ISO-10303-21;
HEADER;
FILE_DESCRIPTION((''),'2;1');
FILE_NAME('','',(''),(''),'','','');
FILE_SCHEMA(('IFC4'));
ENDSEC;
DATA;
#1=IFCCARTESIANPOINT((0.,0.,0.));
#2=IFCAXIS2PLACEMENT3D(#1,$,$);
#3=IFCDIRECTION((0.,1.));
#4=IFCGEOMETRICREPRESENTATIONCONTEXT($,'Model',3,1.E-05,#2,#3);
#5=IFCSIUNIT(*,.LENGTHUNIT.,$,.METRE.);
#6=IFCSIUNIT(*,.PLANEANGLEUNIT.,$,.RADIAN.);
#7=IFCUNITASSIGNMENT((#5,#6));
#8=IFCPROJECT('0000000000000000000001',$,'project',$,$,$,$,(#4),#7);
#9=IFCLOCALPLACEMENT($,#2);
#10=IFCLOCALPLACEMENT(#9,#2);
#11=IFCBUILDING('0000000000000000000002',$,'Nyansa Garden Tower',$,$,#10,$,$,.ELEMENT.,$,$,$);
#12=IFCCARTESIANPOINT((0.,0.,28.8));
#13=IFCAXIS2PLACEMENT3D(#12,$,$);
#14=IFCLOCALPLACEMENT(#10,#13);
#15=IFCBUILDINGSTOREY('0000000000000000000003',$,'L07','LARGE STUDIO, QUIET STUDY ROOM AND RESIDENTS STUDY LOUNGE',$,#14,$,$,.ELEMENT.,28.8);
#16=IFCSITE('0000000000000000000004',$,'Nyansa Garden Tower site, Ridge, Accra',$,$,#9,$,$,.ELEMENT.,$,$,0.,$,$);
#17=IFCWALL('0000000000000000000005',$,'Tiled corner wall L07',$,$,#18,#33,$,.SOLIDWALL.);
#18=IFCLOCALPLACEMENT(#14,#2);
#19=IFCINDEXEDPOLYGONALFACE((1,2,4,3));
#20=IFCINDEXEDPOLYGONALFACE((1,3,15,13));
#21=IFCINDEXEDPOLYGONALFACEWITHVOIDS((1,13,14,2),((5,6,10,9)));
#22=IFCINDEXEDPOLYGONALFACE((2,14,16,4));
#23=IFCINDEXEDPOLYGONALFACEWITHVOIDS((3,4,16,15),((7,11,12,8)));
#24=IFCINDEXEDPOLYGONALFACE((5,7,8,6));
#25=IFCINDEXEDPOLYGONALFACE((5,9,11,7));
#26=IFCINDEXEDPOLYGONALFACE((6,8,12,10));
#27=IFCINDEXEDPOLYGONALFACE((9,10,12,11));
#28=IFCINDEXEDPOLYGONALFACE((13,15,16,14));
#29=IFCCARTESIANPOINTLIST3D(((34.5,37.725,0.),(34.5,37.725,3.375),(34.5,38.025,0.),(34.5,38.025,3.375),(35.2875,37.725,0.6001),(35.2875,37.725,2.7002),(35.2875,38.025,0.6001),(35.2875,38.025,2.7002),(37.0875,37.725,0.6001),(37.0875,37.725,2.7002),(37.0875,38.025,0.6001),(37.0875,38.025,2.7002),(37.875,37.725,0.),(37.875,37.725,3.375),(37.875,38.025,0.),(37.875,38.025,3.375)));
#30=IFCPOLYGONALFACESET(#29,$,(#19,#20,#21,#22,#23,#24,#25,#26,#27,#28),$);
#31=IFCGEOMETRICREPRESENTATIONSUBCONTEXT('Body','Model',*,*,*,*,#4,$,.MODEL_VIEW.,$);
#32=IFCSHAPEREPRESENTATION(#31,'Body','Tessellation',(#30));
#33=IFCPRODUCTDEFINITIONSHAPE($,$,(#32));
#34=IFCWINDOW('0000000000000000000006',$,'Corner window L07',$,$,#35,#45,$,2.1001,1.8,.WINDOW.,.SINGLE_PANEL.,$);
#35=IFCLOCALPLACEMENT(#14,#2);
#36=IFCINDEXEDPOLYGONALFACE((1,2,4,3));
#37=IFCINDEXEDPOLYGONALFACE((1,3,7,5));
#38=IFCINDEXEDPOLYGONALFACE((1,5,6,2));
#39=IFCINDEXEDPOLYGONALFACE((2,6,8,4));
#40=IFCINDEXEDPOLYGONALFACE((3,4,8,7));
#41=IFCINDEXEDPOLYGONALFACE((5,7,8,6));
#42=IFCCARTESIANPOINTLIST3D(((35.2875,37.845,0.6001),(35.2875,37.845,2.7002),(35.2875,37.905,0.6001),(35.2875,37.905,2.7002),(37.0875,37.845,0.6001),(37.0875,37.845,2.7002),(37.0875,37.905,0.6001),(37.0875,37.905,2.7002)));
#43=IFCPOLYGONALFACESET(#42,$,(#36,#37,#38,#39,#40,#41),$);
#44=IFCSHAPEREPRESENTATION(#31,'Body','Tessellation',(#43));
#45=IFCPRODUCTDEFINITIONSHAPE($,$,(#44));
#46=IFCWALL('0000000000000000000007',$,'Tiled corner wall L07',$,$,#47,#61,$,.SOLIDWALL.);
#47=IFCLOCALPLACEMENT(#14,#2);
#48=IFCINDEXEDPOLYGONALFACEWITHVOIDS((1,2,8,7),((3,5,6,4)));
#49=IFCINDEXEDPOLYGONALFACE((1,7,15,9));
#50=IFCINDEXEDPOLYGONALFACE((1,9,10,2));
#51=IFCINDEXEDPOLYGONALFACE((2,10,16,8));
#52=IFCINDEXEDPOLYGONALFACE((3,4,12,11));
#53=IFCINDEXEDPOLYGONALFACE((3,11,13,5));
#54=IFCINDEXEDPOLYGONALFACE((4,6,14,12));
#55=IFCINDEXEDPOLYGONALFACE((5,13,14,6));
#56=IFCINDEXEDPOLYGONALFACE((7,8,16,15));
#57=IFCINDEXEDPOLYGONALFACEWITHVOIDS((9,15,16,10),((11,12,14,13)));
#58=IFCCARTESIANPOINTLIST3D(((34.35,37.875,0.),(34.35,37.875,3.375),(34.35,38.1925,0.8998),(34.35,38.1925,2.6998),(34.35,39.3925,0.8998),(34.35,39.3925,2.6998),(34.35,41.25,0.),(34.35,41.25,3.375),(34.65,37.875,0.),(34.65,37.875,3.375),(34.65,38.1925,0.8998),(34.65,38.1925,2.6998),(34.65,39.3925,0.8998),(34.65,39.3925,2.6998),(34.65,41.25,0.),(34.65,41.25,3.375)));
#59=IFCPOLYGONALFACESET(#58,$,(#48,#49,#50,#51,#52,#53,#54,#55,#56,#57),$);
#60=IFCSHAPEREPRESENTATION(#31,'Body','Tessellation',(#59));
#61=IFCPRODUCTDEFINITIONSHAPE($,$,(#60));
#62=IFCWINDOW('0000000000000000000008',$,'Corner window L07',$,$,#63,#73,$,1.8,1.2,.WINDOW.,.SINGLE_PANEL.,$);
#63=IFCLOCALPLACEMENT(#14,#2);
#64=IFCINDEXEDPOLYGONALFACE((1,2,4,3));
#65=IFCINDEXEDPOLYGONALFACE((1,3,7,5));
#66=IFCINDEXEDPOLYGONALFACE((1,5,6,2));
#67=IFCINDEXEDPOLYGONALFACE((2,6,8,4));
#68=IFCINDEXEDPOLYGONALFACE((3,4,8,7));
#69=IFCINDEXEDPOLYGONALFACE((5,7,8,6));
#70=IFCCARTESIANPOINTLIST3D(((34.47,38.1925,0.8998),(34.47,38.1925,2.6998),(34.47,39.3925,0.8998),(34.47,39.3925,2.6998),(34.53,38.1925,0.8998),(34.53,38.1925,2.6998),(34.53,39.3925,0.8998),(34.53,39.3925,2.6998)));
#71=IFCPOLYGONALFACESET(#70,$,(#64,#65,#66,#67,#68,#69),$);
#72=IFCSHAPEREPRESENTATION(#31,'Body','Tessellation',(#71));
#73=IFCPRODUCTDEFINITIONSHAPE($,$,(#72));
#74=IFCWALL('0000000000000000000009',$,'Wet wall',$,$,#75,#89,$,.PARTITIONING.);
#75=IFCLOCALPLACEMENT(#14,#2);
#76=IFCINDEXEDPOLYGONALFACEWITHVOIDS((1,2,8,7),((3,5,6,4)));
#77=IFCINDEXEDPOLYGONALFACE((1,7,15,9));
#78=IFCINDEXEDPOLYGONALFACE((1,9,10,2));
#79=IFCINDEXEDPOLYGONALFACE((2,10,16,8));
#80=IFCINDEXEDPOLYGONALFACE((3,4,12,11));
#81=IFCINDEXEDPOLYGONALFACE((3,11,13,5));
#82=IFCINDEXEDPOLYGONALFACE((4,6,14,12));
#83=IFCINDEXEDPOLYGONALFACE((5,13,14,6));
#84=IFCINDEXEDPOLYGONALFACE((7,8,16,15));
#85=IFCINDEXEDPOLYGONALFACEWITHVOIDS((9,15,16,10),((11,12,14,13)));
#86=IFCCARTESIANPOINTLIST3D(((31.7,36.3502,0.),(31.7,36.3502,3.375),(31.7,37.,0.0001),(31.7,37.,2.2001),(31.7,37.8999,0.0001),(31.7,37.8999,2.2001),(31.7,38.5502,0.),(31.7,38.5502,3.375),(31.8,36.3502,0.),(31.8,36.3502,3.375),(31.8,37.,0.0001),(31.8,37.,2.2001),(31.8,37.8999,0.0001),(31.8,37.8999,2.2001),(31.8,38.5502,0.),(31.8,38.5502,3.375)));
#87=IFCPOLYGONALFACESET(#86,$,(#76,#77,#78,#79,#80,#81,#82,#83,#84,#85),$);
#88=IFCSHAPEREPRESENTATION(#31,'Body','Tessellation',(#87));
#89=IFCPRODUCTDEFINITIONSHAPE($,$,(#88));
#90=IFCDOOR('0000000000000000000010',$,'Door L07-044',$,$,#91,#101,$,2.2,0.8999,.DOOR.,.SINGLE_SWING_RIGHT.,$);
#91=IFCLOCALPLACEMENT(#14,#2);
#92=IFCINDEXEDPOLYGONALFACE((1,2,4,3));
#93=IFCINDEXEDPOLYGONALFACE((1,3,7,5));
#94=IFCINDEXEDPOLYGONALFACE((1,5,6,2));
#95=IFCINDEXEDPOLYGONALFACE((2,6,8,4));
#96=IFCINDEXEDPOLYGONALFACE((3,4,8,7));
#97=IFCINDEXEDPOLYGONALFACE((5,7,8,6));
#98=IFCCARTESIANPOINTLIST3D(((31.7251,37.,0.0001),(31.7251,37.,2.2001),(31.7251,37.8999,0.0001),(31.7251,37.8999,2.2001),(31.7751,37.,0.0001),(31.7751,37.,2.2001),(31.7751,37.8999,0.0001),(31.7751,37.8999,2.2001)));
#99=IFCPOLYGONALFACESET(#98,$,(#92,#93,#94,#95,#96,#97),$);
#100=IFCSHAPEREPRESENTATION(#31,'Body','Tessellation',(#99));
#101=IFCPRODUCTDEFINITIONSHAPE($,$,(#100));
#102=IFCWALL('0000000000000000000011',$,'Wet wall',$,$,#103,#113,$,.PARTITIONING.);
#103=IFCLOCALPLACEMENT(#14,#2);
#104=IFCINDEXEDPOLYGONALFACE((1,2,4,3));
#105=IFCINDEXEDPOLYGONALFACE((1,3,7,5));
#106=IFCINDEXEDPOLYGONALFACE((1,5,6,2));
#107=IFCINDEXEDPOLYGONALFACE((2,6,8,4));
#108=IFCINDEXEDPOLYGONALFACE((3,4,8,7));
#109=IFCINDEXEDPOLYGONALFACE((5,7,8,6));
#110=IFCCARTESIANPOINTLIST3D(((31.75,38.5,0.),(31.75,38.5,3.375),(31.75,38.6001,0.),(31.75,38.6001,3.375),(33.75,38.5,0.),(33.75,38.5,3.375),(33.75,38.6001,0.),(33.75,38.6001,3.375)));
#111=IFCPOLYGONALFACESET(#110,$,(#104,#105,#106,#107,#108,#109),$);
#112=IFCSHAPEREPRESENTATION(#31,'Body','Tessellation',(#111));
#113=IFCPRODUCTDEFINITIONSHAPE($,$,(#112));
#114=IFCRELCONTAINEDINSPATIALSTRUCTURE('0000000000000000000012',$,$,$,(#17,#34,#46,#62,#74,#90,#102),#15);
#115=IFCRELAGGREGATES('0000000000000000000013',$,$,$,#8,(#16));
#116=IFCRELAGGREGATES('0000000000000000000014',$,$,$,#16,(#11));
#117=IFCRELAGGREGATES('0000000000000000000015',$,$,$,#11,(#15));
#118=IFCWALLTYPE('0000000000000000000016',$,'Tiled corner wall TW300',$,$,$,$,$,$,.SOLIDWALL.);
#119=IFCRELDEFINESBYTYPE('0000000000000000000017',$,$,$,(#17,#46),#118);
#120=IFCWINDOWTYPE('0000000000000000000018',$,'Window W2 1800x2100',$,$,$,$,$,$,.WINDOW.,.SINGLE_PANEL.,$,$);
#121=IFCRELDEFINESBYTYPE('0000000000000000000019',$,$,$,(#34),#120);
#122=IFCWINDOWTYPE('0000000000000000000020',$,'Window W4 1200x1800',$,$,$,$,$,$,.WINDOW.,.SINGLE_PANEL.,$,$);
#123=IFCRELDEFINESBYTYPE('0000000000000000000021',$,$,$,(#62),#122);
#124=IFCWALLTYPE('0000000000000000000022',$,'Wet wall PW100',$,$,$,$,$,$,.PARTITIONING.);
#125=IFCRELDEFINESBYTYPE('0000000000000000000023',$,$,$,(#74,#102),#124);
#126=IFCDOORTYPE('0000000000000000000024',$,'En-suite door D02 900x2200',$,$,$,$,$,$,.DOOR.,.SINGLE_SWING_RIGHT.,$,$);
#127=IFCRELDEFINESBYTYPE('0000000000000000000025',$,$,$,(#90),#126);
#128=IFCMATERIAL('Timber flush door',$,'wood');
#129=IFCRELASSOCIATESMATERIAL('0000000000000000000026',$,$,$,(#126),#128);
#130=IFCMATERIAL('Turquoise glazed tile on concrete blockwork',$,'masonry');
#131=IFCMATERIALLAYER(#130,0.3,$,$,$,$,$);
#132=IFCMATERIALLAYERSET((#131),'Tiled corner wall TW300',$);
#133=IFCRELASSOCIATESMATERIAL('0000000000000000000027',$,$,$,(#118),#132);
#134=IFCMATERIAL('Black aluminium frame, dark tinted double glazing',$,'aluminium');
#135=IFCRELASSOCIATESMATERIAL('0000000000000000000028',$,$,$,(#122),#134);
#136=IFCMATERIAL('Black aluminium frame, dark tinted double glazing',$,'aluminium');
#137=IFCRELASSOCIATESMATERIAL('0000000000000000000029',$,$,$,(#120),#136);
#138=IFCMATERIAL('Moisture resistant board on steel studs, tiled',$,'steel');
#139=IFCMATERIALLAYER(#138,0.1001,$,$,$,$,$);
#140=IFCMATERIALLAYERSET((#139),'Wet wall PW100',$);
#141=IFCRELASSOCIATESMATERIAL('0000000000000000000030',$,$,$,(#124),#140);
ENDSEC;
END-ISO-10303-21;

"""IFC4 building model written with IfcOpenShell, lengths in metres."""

from ifc_helpers import new_model, si_unit, direction, frame, frame_2d, origin, place, context, subcontext, project, spatial, rectangle, extrude, material, layer, layer_set, type_object, element, fill, save


model = new_model("IFC4")

# Units and contexts
model_context = context("Model", 3, precision=1e-05, world=origin(), true_north=direction((0.0, 1.0)))
body_context = subcontext(model_context, "Body", "Model", "MODEL_VIEW")
ifc_project = project(units=[si_unit("LENGTHUNIT", "METRE"), si_unit("PLANEANGLEUNIT", "RADIAN")], contexts=[model_context])

# Site, building, storey
site_placement = place(None, origin())
site = spatial("IfcSite", under=ifc_project, at=site_placement, Name="Nyansa Garden Tower site, Ridge, Accra", CompositionType="ELEMENT", RefElevation=0.0)
building_placement = place(site_placement, origin())
building = spatial("IfcBuilding", under=site, at=building_placement, Name="Nyansa Garden Tower", CompositionType="ELEMENT")
storey_placement = place(building_placement, frame((0.0, 0.0, 28.8)))
storey = spatial("IfcBuildingStorey", under=building, at=storey_placement, Name="L07", Description="LARGE STUDIO, QUIET STUDY ROOM AND RESIDENTS STUDY LOUNGE", CompositionType="ELEMENT", Elevation=28.8)

# Shared definitions
ifc_material_1 = material(Name="Timber flush door", Category="wood")
door_type_1 = type_object("IfcDoorType", Name="En-suite door D02 900x2200", OperationType="SINGLE_SWING_RIGHT", PredefinedType="DOOR", material=ifc_material_1)

# Walls, openings, windows
ifc_material_2 = material(Name="Turquoise glazed tile on concrete blockwork", Category="masonry")
ifc_layer_1 = layer(ifc_material_2, 0.3)
ifc_layer_set_1 = layer_set([ifc_layer_1], Name="Tiled corner wall TW300")
wall_type_1 = type_object("IfcWallType", Name="Tiled corner wall TW300", PredefinedType="SOLIDWALL", material=ifc_layer_set_1)
ifc_material_3 = material(Name="Black aluminium frame, dark tinted double glazing", Category="aluminium")
window_type_1 = type_object("IfcWindowType", Name="Window W4 1200x1800", PartitioningType="SINGLE_PANEL", PredefinedType="WINDOW", material=ifc_material_3)
ifc_material_4 = material(Name="Black aluminium frame, dark tinted double glazing", Category="aluminium")
window_type_2 = type_object("IfcWindowType", Name="Window W2 1800x2100", PartitioningType="SINGLE_PANEL", PredefinedType="WINDOW", material=ifc_material_4)
wall_1_placement = place(storey_placement, frame((37.875, 37.875, 0.0), z_axis=(0.0, 0.0, 1.0), x_axis=(-1.0, 0.0, 0.0)))
wall_1 = element("IfcWall", 1, at=wall_1_placement, inside=storey, type_object=wall_type_1, Name="Tiled corner wall L07", PredefinedType="SOLIDWALL", context=body_context, shape_type="SweptSolid", body=[
    extrude(rectangle(XDim=3.375, YDim=0.3, at=frame_2d((1.6875, 0.0))), origin(), (0.0, 0.0, 1.0), 3.375),
])
opening_1_placement = place(wall_1_placement, frame((0.7876, 0.0, 0.6001)))
opening_1 = element("IfcOpeningElement", 2, at=opening_1_placement, cuts=wall_1, PredefinedType="OPENING", context=body_context, shape_type="SweptSolid", body=[
    extrude(rectangle(XDim=1.8, YDim=2.1001, at=frame_2d((0.8999, 1.05))), frame((0.0, 0.1599, 0.0), z_axis=(0.0, -1.0, 0.0), x_axis=(1.0, 0.0, 0.0)), (0.0, 0.0, 1.0), 0.3201),
])
window_1_placement = place(opening_1_placement, origin())
window_1 = element("IfcWindow", 3, at=window_1_placement, inside=storey, type_object=window_type_2, Name="Corner window L07", OverallHeight=2.1001, OverallWidth=1.8, PartitioningType="SINGLE_PANEL", PredefinedType="WINDOW", context=body_context, shape_type="SweptSolid", body=[
    extrude(rectangle(XDim=1.8, YDim=2.1001, at=frame_2d((0.8999, 1.05))), frame((0.0, 0.03, 0.0), z_axis=(0.0, -1.0, 0.0), x_axis=(1.0, 0.0, 0.0)), (0.0, 0.0, 1.0), 0.0601),
])
fill(opening_1, window_1)
wall_2_placement = place(storey_placement, frame((34.5, 37.875, 0.0), z_axis=(0.0, 0.0, 1.0), x_axis=(0.0, 1.0, 0.0)))
wall_2 = element("IfcWall", 4, at=wall_2_placement, inside=storey, type_object=wall_type_1, Name="Tiled corner wall L07", PredefinedType="SOLIDWALL", context=body_context, shape_type="SweptSolid", body=[
    extrude(rectangle(XDim=3.375, YDim=0.3, at=frame_2d((1.6875, 0.0))), origin(), (0.0, 0.0, 1.0), 3.375),
])
opening_2_placement = place(wall_2_placement, frame((0.3174, 0.0, 0.8999)))
opening_2 = element("IfcOpeningElement", 5, at=opening_2_placement, cuts=wall_2, PredefinedType="OPENING", context=body_context, shape_type="SweptSolid", body=[
    extrude(rectangle(XDim=1.2, YDim=1.8, at=frame_2d((0.6001, 0.8999))), frame((0.0, 0.1599, 0.0), z_axis=(0.0, -1.0, 0.0), x_axis=(1.0, 0.0, 0.0)), (0.0, 0.0, 1.0), 0.3201),
])
window_2_placement = place(opening_2_placement, origin())
window_2 = element("IfcWindow", 6, at=window_2_placement, inside=storey, type_object=window_type_1, Name="Corner window L07", OverallHeight=1.8, OverallWidth=1.2, PartitioningType="SINGLE_PANEL", PredefinedType="WINDOW", context=body_context, shape_type="SweptSolid", body=[
    extrude(rectangle(XDim=1.2, YDim=1.8, at=frame_2d((0.6001, 0.8999))), frame((0.0, 0.03, 0.0), z_axis=(0.0, -1.0, 0.0), x_axis=(1.0, 0.0, 0.0)), (0.0, 0.0, 1.0), 0.0601),
])
fill(opening_2, window_2)

# Wall, opening, door
ifc_material_5 = material(Name="Moisture resistant board on steel studs, tiled", Category="steel")
ifc_layer_2 = layer(ifc_material_5, 0.1001)
ifc_layer_set_2 = layer_set([ifc_layer_2], Name="Wet wall PW100")
wall_type_2 = type_object("IfcWallType", Name="Wet wall PW100", PredefinedType="PARTITIONING", material=ifc_layer_set_2)
wall_3_placement = place(storey_placement, frame((31.75, 36.3501, 0.0), z_axis=(0.0, 0.0, 1.0), x_axis=(0.0, 1.0, 0.0)))
wall_3 = element("IfcWall", 7, at=wall_3_placement, inside=storey, type_object=wall_type_2, Name="Wet wall", PredefinedType="PARTITIONING", context=body_context, shape_type="SweptSolid", body=[
    extrude(rectangle(XDim=2.2, YDim=0.1001, at=frame_2d((1.1001, 0.0))), origin(), (0.0, 0.0, 1.0), 3.375),
])
opening_3_placement = place(wall_3_placement, frame((0.6499, 0.0, 0.0)))
opening_3 = element("IfcOpeningElement", 8, at=opening_3_placement, cuts=wall_3, PredefinedType="OPENING", context=body_context, shape_type="SweptSolid", body=[
    extrude(rectangle(XDim=0.8999, YDim=2.2, at=frame_2d((0.45, 1.1001))), frame((0.0, 0.0601, 0.0), z_axis=(0.0, -1.0, 0.0), x_axis=(1.0, 0.0, 0.0)), (0.0, 0.0, 1.0), 0.1201),
])
door_1_placement = place(opening_3_placement, origin())
door_1 = element("IfcDoor", 9, at=door_1_placement, inside=storey, type_object=door_type_1, Name="Door L07-044", OperationType="SINGLE_SWING_RIGHT", OverallHeight=2.2, OverallWidth=0.8999, PredefinedType="DOOR", context=body_context, shape_type="SweptSolid", body=[
    extrude(rectangle(XDim=0.8999, YDim=2.2, at=frame_2d((0.45, 1.1001))), frame((0.0, 0.0249, 0.0), z_axis=(0.0, -1.0, 0.0), x_axis=(1.0, 0.0, 0.0)), (0.0, 0.0, 1.0), 0.05),
])
fill(opening_3, door_1)

# Wall
wall_4_placement = place(storey_placement, frame((31.75, 38.55, 0.0), z_axis=(0.0, 0.0, 1.0), x_axis=(1.0, 0.0, 0.0)))
element("IfcWall", 10, at=wall_4_placement, inside=storey, type_object=wall_type_2, Name="Wet wall", PredefinedType="PARTITIONING", context=body_context, shape_type="SweptSolid", body=[
    extrude(rectangle(XDim=2.0, YDim=0.1001, at=frame_2d((1.0, 0.0))), origin(), (0.0, 0.0, 1.0), 3.375),
])

save(model, "model.ifc")
